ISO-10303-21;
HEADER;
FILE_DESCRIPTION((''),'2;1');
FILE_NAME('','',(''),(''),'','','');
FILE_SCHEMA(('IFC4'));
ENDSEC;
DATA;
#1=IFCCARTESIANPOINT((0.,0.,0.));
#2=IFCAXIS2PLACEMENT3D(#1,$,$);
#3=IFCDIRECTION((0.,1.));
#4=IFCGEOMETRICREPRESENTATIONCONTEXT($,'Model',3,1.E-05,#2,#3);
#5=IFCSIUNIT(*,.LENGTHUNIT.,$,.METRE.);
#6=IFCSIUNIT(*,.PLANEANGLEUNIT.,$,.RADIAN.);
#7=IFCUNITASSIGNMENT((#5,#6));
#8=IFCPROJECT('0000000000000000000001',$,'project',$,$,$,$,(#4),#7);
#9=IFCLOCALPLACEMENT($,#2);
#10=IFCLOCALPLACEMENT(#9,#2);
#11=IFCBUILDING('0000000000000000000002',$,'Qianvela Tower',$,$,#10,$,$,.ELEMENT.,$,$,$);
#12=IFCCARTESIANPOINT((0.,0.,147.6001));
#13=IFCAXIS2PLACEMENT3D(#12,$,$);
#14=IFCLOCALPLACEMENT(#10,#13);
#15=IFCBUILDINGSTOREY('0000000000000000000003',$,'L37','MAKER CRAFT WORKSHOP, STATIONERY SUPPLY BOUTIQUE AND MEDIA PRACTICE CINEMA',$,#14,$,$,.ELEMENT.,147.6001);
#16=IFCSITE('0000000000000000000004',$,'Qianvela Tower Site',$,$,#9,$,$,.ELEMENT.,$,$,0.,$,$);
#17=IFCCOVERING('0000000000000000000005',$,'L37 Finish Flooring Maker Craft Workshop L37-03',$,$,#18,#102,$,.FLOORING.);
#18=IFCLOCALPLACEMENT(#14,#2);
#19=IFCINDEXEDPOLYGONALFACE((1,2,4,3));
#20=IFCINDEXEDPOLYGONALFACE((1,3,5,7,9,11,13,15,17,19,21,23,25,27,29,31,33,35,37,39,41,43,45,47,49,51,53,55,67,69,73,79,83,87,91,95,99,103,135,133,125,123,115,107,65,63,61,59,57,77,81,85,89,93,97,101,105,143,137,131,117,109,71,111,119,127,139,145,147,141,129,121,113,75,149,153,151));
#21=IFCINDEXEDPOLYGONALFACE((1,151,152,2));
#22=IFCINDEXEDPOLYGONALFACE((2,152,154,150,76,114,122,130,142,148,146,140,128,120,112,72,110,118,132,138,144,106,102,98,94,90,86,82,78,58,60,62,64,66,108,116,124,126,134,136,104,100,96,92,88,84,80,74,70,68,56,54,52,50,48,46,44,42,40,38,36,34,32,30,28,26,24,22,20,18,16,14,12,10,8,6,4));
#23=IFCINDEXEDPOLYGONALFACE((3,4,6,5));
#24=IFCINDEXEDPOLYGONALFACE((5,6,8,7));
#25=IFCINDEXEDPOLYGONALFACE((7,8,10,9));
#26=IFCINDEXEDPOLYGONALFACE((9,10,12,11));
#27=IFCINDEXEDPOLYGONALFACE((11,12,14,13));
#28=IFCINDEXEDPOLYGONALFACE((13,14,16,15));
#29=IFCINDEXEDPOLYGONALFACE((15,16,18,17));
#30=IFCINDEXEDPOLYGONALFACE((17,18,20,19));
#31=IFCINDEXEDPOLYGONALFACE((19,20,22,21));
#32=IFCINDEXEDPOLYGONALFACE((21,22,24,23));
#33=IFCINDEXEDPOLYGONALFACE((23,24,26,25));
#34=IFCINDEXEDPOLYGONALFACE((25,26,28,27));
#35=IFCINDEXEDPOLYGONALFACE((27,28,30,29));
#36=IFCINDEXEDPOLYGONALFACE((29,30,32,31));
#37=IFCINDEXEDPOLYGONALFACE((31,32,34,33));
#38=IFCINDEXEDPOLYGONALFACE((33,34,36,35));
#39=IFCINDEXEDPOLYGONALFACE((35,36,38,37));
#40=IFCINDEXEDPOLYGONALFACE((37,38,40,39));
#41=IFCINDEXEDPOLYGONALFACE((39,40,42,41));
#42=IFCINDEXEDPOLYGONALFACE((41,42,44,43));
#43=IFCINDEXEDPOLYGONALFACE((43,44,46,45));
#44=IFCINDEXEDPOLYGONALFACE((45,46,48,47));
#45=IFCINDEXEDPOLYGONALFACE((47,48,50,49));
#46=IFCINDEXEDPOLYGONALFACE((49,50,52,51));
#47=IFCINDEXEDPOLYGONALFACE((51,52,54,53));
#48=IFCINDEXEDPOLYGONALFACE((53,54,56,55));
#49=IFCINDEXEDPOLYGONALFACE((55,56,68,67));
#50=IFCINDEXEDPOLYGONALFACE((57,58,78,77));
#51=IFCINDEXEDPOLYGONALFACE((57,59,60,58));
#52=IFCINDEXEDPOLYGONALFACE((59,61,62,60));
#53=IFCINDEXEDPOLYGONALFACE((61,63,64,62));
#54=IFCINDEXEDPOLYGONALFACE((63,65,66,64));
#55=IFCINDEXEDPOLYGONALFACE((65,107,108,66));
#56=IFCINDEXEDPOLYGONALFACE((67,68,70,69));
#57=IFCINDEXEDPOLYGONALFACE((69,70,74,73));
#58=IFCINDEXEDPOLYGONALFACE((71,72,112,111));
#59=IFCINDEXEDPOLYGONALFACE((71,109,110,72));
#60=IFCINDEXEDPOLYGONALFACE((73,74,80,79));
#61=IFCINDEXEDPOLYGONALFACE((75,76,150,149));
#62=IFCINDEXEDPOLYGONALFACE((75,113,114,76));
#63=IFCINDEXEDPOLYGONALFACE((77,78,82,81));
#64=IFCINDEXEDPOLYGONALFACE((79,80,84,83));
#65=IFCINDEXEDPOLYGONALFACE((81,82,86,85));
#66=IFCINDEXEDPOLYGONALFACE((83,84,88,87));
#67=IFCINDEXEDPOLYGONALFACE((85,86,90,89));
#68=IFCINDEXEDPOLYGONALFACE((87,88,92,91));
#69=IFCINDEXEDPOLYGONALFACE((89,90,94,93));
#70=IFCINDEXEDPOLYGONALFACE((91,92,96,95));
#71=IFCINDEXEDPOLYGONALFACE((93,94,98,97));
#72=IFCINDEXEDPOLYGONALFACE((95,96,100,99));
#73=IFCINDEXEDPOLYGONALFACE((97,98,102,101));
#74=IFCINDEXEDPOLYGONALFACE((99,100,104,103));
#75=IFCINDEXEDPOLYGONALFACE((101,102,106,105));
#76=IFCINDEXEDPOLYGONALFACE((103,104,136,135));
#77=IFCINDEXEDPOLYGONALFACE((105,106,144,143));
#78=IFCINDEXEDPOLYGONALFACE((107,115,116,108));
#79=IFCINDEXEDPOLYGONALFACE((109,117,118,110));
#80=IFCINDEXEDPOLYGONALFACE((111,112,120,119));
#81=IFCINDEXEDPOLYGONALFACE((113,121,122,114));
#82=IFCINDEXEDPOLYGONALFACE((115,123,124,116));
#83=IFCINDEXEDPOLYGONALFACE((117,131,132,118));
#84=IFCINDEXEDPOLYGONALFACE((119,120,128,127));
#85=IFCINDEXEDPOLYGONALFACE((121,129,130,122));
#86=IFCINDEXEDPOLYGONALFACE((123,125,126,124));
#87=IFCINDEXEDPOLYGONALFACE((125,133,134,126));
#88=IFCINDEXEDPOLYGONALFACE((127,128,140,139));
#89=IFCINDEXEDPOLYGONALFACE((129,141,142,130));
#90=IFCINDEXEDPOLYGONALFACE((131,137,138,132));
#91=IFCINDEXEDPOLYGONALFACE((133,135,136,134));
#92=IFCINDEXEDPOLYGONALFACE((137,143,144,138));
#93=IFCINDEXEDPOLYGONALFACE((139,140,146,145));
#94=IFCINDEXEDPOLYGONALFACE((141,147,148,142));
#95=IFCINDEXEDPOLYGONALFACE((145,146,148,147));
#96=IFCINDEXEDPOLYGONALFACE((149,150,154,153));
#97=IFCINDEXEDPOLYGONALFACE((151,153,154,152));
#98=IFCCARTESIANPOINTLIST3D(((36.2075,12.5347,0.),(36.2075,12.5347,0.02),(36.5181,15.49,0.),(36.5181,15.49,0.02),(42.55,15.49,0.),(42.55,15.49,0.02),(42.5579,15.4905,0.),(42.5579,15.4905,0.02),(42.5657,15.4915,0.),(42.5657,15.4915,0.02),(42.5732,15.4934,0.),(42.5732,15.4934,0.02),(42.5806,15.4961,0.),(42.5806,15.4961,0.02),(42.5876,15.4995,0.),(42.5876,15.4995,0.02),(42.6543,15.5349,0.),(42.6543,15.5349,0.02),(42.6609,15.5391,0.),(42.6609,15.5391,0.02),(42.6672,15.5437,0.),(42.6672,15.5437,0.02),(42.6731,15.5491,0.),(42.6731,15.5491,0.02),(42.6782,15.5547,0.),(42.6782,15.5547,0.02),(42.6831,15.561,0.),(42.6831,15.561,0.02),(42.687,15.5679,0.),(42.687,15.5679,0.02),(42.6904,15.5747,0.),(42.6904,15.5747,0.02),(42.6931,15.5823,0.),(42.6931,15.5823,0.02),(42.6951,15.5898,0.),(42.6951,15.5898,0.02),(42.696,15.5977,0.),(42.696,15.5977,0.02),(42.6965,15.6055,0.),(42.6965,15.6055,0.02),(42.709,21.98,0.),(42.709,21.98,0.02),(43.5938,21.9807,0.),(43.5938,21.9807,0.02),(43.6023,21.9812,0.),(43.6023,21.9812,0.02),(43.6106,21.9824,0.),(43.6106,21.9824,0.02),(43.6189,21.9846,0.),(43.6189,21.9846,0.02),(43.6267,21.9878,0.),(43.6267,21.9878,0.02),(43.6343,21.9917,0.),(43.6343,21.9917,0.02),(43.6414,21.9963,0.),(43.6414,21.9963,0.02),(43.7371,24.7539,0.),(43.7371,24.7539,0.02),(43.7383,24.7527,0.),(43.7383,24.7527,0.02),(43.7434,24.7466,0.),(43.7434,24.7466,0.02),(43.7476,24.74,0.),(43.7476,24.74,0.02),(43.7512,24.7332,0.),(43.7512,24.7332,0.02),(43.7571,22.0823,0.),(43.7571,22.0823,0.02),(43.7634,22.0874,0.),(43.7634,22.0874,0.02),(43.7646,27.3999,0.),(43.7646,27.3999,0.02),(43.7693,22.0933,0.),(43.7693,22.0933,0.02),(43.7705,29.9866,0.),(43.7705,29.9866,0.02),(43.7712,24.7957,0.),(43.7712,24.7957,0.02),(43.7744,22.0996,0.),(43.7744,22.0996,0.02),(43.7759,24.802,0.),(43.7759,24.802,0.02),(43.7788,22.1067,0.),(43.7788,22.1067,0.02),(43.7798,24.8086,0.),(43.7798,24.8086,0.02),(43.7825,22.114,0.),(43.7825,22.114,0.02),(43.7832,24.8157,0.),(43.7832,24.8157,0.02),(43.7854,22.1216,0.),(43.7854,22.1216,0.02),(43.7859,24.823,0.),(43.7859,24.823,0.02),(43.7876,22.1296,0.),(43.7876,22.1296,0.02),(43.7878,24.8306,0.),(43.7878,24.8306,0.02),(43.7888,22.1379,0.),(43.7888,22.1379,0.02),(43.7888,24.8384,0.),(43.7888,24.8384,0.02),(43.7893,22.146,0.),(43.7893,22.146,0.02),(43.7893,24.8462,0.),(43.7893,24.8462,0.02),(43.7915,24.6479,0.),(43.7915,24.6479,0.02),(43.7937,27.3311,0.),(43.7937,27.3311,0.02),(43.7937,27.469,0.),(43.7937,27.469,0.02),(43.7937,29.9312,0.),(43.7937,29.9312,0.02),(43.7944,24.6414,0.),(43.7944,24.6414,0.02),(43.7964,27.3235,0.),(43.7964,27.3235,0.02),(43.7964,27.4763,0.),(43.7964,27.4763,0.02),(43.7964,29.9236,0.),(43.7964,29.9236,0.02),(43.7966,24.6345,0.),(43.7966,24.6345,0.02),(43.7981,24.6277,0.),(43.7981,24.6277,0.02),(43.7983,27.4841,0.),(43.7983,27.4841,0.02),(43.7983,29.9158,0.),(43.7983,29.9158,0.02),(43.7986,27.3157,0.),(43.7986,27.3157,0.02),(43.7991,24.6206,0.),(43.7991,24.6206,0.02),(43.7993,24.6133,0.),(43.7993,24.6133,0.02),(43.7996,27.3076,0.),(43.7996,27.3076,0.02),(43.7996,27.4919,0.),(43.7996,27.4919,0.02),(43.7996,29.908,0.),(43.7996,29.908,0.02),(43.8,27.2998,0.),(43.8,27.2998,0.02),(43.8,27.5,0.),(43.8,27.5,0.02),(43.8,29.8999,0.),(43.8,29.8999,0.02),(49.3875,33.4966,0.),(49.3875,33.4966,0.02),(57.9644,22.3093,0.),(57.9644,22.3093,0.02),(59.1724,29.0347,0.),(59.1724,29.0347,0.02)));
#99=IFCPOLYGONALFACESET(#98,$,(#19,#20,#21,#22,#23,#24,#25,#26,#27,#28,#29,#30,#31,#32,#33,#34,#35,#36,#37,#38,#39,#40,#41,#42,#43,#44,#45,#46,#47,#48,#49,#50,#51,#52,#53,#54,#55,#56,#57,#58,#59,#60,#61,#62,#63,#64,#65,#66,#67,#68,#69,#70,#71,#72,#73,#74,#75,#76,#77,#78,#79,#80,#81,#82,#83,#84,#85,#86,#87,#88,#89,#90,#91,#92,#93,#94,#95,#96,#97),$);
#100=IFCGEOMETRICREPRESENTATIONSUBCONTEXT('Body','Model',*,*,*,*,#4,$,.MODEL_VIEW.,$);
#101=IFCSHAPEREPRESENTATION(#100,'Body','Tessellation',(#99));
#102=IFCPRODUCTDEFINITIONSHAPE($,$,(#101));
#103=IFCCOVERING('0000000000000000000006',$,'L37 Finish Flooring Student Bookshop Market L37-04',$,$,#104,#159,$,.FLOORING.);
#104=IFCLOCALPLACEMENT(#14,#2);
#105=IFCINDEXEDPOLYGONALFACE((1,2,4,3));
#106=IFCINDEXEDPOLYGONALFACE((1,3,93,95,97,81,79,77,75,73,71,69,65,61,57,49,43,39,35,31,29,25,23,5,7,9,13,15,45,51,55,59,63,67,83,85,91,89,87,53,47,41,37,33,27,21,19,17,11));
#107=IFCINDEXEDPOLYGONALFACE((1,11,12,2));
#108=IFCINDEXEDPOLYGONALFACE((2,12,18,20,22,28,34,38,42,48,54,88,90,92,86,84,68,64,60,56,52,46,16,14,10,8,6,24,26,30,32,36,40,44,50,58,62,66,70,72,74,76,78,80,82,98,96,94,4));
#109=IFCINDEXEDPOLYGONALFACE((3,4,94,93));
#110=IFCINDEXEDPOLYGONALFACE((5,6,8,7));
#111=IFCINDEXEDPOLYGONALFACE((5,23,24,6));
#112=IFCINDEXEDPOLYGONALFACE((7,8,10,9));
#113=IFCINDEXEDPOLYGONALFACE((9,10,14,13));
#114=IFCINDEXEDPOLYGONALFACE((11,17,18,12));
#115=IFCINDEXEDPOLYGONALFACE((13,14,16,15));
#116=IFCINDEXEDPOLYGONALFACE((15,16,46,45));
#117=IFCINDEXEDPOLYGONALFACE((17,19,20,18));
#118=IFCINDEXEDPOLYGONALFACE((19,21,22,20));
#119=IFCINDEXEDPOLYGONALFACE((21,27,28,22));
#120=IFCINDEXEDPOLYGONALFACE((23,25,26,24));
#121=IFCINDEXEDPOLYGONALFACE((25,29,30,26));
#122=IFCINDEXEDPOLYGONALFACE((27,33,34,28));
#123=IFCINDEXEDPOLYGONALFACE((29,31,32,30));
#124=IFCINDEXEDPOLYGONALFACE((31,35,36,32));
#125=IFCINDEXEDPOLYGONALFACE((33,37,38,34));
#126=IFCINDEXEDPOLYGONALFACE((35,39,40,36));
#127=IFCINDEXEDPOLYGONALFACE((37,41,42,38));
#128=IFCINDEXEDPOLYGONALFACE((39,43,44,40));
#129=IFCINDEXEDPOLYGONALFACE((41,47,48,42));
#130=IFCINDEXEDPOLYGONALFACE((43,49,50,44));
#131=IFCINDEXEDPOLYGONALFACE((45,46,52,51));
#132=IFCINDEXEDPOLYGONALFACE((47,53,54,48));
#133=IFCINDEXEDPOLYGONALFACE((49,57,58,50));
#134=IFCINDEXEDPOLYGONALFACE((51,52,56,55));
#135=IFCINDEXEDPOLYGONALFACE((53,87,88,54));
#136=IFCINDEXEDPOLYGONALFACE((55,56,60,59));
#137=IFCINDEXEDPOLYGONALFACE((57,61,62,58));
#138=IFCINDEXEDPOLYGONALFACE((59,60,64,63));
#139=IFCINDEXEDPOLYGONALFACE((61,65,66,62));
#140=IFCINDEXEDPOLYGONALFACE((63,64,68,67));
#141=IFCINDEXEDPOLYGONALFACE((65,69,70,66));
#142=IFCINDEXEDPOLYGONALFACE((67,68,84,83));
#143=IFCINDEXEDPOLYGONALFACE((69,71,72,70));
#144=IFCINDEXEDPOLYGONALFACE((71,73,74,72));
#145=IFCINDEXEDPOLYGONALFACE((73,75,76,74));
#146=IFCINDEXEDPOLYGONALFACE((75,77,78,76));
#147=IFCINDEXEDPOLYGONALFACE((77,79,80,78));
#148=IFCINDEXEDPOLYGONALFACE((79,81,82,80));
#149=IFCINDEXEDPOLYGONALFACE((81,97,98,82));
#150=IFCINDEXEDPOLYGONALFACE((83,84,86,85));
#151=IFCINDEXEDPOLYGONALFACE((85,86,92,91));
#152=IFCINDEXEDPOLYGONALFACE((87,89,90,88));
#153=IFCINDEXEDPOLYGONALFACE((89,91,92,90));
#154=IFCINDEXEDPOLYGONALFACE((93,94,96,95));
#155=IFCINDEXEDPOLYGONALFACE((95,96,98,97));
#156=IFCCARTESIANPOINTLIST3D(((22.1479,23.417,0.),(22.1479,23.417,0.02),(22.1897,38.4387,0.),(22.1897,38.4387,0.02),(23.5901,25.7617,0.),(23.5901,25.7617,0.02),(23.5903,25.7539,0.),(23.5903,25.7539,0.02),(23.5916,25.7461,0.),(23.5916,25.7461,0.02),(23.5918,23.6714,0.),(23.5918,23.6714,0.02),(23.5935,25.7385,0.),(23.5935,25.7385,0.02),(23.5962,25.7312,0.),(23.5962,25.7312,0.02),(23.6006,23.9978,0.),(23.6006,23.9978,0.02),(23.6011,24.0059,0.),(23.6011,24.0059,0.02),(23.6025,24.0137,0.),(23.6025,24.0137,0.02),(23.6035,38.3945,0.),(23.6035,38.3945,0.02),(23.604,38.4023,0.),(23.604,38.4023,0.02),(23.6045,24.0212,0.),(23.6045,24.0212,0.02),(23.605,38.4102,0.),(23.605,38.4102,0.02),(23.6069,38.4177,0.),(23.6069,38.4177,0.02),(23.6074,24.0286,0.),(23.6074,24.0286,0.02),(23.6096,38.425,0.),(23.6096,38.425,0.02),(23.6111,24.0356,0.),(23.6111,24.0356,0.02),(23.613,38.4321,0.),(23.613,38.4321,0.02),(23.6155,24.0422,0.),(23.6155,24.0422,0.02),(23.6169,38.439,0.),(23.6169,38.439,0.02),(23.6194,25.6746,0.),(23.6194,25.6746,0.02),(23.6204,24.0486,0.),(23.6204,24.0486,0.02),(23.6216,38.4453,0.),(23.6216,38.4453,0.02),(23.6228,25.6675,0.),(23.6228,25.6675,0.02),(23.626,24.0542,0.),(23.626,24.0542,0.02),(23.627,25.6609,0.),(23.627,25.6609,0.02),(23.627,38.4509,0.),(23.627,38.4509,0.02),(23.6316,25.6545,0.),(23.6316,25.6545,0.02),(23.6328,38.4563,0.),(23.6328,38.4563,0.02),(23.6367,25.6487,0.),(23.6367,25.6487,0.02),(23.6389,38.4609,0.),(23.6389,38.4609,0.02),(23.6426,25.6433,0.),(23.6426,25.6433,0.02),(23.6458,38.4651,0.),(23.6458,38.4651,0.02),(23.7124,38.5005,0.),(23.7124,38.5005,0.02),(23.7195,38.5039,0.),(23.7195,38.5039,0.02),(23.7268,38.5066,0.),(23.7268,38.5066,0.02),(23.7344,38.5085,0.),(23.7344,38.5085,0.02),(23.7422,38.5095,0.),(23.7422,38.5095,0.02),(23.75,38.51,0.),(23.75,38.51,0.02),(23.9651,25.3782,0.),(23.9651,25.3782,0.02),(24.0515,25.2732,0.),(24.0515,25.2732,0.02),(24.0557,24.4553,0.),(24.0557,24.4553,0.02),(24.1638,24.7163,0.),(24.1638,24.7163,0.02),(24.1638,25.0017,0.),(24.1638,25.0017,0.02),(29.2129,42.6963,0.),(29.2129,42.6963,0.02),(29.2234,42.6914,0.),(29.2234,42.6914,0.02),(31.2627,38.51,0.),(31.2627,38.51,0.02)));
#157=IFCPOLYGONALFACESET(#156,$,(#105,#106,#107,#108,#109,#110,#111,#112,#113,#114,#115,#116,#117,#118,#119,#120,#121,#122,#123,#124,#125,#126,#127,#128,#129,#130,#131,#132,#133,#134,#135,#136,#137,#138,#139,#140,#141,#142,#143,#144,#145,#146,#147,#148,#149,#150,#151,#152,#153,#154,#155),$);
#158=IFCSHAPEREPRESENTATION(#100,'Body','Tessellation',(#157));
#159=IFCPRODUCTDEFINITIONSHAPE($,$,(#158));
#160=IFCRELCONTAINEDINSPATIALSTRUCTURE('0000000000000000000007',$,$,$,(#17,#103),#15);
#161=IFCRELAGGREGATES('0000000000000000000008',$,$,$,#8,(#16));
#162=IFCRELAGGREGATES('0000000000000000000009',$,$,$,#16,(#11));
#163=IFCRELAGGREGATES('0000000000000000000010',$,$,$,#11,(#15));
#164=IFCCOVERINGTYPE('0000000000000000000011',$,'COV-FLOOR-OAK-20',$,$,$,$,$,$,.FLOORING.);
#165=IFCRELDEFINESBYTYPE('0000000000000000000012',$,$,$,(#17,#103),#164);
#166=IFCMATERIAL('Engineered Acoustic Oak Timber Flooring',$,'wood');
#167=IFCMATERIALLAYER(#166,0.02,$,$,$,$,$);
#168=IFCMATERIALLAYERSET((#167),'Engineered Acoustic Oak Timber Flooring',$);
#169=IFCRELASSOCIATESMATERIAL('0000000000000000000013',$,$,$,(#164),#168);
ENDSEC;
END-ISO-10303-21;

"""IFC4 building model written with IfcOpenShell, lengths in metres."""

from ifc_helpers import new_model, si_unit, direction, frame, origin, place, context, subcontext, project, spatial, polyline, outline, extrude, material, layer, layer_set, type_object, element, save


model = new_model("IFC4")

# Units and contexts
model_context = context("Model", 3, precision=1e-05, world=origin(), true_north=direction((0.0, 1.0)))
body_context = subcontext(model_context, "Body", "Model", "MODEL_VIEW")
ifc_project = project(units=[si_unit("LENGTHUNIT", "METRE"), si_unit("PLANEANGLEUNIT", "RADIAN")], contexts=[model_context])

# Site, building, storey
site_placement = place(None, origin())
site = spatial("IfcSite", under=ifc_project, at=site_placement, Name="Qianvela Tower Site", CompositionType="ELEMENT", RefElevation=0.0)
building_placement = place(site_placement, origin())
building = spatial("IfcBuilding", under=site, at=building_placement, Name="Qianvela Tower", CompositionType="ELEMENT")
storey_placement = place(building_placement, frame((0.0, 0.0, 147.6001)))
storey = spatial("IfcBuildingStorey", under=building, at=storey_placement, Name="L37", Description="MAKER CRAFT WORKSHOP, STATIONERY SUPPLY BOUTIQUE AND MEDIA PRACTICE CINEMA", CompositionType="ELEMENT", Elevation=147.6001)

# Coverings
ifc_material_1 = material(Name="Engineered Acoustic Oak Timber Flooring", Category="wood")
ifc_layer_1 = layer(ifc_material_1, 0.02)
ifc_layer_set_1 = layer_set([ifc_layer_1], Name="Engineered Acoustic Oak Timber Flooring")
covering_type_1 = type_object("IfcCoveringType", Name="COV-FLOOR-OAK-20", PredefinedType="FLOORING", material=ifc_layer_set_1)
covering_1_placement = place(storey_placement, origin())
element("IfcCovering", 1, at=covering_1_placement, inside=storey, type_object=covering_type_1, Name="L37 Finish Flooring Maker Craft Workshop L37-03", PredefinedType="FLOORING", context=body_context, shape_type="SweptSolid", body=[
    extrude(outline(polyline([(43.7371, 24.7539), (43.7712, 24.7957), (43.7759, 24.802), (43.7798, 24.8086), (43.7832, 24.8157), (43.7859, 24.823), (43.7878, 24.8306), (43.7888, 24.8384), (43.7893, 24.8462), (43.8, 27.2998), (43.7996, 27.3076), (43.7986, 27.3157), (43.7964, 27.3235), (43.7937, 27.3311), (43.7646, 27.3999), (43.7937, 27.469), (43.7964, 27.4763), (43.7983, 27.4841), (43.7996, 27.4919), (43.8, 27.5), (43.8, 29.8999), (43.7996, 29.908), (43.7983, 29.9158), (43.7964, 29.9236), (43.7937, 29.9312), (43.7705, 29.9866), (49.3875, 33.4966), (59.1724, 29.0347), (57.9644, 22.3093), (36.2075, 12.5347), (36.5181, 15.49), (42.55, 15.49), (42.5579, 15.4905), (42.5657, 15.4915), (42.5732, 15.4934), (42.5806, 15.4961), (42.5876, 15.4995), (42.6543, 15.5349), (42.6609, 15.5391), (42.6672, 15.5437), (42.6731, 15.5491), (42.6782, 15.5547), (42.6831, 15.561), (42.687, 15.5679), (42.6904, 15.5747), (42.6931, 15.5823), (42.6951, 15.5898), (42.696, 15.5977), (42.6965, 15.6055), (42.709, 21.98), (43.5938, 21.9807), (43.6023, 21.9812), (43.6106, 21.9824), (43.6189, 21.9846), (43.6267, 21.9878), (43.6343, 21.9917), (43.6414, 21.9963), (43.7571, 22.0823), (43.7634, 22.0874), (43.7693, 22.0933), (43.7744, 22.0996), (43.7788, 22.1067), (43.7825, 22.114), (43.7854, 22.1216), (43.7876, 22.1296), (43.7888, 22.1379), (43.7893, 22.146), (43.7993, 24.6133), (43.7991, 24.6206), (43.7981, 24.6277), (43.7966, 24.6345), (43.7944, 24.6414), (43.7915, 24.6479), (43.7512, 24.7332), (43.7476, 24.74), (43.7434, 24.7466), (43.7383, 24.7527), (43.7371, 24.7539)])), origin(), (0.0, 0.0, 1.0), 0.02),
])
covering_2_placement = place(storey_placement, origin())
element("IfcCovering", 2, at=covering_2_placement, inside=storey, type_object=covering_type_1, Name="L37 Finish Flooring Student Bookshop Market L37-04", PredefinedType="FLOORING", context=body_context, shape_type="SweptSolid", body=[
    extrude(outline(polyline([(23.75, 38.51), (23.7422, 38.5095), (23.7344, 38.5085), (23.7268, 38.5066), (23.7195, 38.5039), (23.7124, 38.5005), (23.6458, 38.4651), (23.6389, 38.4609), (23.6328, 38.4563), (23.627, 38.4509), (23.6216, 38.4453), (23.6169, 38.439), (23.613, 38.4321), (23.6096, 38.425), (23.6069, 38.4177), (23.605, 38.4102), (23.604, 38.4023), (23.6035, 38.3945), (23.5901, 25.7617), (23.5903, 25.7539), (23.5916, 25.7461), (23.5935, 25.7385), (23.5962, 25.7312), (23.6194, 25.6746), (23.6228, 25.6675), (23.627, 25.6609), (23.6316, 25.6545), (23.6367, 25.6487), (23.6426, 25.6433), (23.9651, 25.3782), (24.0515, 25.2732), (24.1638, 25.0017), (24.1638, 24.7163), (24.0557, 24.4553), (23.626, 24.0542), (23.6204, 24.0486), (23.6155, 24.0422), (23.6111, 24.0356), (23.6074, 24.0286), (23.6045, 24.0212), (23.6025, 24.0137), (23.6011, 24.0059), (23.6006, 23.9978), (23.5918, 23.6714), (22.1479, 23.417), (22.1897, 38.4387), (29.2129, 42.6963), (29.2234, 42.6914), (31.2627, 38.51), (23.75, 38.51)])), origin(), (0.0, 0.0, 1.0), 0.02),
])

save(model, "model.ifc")
